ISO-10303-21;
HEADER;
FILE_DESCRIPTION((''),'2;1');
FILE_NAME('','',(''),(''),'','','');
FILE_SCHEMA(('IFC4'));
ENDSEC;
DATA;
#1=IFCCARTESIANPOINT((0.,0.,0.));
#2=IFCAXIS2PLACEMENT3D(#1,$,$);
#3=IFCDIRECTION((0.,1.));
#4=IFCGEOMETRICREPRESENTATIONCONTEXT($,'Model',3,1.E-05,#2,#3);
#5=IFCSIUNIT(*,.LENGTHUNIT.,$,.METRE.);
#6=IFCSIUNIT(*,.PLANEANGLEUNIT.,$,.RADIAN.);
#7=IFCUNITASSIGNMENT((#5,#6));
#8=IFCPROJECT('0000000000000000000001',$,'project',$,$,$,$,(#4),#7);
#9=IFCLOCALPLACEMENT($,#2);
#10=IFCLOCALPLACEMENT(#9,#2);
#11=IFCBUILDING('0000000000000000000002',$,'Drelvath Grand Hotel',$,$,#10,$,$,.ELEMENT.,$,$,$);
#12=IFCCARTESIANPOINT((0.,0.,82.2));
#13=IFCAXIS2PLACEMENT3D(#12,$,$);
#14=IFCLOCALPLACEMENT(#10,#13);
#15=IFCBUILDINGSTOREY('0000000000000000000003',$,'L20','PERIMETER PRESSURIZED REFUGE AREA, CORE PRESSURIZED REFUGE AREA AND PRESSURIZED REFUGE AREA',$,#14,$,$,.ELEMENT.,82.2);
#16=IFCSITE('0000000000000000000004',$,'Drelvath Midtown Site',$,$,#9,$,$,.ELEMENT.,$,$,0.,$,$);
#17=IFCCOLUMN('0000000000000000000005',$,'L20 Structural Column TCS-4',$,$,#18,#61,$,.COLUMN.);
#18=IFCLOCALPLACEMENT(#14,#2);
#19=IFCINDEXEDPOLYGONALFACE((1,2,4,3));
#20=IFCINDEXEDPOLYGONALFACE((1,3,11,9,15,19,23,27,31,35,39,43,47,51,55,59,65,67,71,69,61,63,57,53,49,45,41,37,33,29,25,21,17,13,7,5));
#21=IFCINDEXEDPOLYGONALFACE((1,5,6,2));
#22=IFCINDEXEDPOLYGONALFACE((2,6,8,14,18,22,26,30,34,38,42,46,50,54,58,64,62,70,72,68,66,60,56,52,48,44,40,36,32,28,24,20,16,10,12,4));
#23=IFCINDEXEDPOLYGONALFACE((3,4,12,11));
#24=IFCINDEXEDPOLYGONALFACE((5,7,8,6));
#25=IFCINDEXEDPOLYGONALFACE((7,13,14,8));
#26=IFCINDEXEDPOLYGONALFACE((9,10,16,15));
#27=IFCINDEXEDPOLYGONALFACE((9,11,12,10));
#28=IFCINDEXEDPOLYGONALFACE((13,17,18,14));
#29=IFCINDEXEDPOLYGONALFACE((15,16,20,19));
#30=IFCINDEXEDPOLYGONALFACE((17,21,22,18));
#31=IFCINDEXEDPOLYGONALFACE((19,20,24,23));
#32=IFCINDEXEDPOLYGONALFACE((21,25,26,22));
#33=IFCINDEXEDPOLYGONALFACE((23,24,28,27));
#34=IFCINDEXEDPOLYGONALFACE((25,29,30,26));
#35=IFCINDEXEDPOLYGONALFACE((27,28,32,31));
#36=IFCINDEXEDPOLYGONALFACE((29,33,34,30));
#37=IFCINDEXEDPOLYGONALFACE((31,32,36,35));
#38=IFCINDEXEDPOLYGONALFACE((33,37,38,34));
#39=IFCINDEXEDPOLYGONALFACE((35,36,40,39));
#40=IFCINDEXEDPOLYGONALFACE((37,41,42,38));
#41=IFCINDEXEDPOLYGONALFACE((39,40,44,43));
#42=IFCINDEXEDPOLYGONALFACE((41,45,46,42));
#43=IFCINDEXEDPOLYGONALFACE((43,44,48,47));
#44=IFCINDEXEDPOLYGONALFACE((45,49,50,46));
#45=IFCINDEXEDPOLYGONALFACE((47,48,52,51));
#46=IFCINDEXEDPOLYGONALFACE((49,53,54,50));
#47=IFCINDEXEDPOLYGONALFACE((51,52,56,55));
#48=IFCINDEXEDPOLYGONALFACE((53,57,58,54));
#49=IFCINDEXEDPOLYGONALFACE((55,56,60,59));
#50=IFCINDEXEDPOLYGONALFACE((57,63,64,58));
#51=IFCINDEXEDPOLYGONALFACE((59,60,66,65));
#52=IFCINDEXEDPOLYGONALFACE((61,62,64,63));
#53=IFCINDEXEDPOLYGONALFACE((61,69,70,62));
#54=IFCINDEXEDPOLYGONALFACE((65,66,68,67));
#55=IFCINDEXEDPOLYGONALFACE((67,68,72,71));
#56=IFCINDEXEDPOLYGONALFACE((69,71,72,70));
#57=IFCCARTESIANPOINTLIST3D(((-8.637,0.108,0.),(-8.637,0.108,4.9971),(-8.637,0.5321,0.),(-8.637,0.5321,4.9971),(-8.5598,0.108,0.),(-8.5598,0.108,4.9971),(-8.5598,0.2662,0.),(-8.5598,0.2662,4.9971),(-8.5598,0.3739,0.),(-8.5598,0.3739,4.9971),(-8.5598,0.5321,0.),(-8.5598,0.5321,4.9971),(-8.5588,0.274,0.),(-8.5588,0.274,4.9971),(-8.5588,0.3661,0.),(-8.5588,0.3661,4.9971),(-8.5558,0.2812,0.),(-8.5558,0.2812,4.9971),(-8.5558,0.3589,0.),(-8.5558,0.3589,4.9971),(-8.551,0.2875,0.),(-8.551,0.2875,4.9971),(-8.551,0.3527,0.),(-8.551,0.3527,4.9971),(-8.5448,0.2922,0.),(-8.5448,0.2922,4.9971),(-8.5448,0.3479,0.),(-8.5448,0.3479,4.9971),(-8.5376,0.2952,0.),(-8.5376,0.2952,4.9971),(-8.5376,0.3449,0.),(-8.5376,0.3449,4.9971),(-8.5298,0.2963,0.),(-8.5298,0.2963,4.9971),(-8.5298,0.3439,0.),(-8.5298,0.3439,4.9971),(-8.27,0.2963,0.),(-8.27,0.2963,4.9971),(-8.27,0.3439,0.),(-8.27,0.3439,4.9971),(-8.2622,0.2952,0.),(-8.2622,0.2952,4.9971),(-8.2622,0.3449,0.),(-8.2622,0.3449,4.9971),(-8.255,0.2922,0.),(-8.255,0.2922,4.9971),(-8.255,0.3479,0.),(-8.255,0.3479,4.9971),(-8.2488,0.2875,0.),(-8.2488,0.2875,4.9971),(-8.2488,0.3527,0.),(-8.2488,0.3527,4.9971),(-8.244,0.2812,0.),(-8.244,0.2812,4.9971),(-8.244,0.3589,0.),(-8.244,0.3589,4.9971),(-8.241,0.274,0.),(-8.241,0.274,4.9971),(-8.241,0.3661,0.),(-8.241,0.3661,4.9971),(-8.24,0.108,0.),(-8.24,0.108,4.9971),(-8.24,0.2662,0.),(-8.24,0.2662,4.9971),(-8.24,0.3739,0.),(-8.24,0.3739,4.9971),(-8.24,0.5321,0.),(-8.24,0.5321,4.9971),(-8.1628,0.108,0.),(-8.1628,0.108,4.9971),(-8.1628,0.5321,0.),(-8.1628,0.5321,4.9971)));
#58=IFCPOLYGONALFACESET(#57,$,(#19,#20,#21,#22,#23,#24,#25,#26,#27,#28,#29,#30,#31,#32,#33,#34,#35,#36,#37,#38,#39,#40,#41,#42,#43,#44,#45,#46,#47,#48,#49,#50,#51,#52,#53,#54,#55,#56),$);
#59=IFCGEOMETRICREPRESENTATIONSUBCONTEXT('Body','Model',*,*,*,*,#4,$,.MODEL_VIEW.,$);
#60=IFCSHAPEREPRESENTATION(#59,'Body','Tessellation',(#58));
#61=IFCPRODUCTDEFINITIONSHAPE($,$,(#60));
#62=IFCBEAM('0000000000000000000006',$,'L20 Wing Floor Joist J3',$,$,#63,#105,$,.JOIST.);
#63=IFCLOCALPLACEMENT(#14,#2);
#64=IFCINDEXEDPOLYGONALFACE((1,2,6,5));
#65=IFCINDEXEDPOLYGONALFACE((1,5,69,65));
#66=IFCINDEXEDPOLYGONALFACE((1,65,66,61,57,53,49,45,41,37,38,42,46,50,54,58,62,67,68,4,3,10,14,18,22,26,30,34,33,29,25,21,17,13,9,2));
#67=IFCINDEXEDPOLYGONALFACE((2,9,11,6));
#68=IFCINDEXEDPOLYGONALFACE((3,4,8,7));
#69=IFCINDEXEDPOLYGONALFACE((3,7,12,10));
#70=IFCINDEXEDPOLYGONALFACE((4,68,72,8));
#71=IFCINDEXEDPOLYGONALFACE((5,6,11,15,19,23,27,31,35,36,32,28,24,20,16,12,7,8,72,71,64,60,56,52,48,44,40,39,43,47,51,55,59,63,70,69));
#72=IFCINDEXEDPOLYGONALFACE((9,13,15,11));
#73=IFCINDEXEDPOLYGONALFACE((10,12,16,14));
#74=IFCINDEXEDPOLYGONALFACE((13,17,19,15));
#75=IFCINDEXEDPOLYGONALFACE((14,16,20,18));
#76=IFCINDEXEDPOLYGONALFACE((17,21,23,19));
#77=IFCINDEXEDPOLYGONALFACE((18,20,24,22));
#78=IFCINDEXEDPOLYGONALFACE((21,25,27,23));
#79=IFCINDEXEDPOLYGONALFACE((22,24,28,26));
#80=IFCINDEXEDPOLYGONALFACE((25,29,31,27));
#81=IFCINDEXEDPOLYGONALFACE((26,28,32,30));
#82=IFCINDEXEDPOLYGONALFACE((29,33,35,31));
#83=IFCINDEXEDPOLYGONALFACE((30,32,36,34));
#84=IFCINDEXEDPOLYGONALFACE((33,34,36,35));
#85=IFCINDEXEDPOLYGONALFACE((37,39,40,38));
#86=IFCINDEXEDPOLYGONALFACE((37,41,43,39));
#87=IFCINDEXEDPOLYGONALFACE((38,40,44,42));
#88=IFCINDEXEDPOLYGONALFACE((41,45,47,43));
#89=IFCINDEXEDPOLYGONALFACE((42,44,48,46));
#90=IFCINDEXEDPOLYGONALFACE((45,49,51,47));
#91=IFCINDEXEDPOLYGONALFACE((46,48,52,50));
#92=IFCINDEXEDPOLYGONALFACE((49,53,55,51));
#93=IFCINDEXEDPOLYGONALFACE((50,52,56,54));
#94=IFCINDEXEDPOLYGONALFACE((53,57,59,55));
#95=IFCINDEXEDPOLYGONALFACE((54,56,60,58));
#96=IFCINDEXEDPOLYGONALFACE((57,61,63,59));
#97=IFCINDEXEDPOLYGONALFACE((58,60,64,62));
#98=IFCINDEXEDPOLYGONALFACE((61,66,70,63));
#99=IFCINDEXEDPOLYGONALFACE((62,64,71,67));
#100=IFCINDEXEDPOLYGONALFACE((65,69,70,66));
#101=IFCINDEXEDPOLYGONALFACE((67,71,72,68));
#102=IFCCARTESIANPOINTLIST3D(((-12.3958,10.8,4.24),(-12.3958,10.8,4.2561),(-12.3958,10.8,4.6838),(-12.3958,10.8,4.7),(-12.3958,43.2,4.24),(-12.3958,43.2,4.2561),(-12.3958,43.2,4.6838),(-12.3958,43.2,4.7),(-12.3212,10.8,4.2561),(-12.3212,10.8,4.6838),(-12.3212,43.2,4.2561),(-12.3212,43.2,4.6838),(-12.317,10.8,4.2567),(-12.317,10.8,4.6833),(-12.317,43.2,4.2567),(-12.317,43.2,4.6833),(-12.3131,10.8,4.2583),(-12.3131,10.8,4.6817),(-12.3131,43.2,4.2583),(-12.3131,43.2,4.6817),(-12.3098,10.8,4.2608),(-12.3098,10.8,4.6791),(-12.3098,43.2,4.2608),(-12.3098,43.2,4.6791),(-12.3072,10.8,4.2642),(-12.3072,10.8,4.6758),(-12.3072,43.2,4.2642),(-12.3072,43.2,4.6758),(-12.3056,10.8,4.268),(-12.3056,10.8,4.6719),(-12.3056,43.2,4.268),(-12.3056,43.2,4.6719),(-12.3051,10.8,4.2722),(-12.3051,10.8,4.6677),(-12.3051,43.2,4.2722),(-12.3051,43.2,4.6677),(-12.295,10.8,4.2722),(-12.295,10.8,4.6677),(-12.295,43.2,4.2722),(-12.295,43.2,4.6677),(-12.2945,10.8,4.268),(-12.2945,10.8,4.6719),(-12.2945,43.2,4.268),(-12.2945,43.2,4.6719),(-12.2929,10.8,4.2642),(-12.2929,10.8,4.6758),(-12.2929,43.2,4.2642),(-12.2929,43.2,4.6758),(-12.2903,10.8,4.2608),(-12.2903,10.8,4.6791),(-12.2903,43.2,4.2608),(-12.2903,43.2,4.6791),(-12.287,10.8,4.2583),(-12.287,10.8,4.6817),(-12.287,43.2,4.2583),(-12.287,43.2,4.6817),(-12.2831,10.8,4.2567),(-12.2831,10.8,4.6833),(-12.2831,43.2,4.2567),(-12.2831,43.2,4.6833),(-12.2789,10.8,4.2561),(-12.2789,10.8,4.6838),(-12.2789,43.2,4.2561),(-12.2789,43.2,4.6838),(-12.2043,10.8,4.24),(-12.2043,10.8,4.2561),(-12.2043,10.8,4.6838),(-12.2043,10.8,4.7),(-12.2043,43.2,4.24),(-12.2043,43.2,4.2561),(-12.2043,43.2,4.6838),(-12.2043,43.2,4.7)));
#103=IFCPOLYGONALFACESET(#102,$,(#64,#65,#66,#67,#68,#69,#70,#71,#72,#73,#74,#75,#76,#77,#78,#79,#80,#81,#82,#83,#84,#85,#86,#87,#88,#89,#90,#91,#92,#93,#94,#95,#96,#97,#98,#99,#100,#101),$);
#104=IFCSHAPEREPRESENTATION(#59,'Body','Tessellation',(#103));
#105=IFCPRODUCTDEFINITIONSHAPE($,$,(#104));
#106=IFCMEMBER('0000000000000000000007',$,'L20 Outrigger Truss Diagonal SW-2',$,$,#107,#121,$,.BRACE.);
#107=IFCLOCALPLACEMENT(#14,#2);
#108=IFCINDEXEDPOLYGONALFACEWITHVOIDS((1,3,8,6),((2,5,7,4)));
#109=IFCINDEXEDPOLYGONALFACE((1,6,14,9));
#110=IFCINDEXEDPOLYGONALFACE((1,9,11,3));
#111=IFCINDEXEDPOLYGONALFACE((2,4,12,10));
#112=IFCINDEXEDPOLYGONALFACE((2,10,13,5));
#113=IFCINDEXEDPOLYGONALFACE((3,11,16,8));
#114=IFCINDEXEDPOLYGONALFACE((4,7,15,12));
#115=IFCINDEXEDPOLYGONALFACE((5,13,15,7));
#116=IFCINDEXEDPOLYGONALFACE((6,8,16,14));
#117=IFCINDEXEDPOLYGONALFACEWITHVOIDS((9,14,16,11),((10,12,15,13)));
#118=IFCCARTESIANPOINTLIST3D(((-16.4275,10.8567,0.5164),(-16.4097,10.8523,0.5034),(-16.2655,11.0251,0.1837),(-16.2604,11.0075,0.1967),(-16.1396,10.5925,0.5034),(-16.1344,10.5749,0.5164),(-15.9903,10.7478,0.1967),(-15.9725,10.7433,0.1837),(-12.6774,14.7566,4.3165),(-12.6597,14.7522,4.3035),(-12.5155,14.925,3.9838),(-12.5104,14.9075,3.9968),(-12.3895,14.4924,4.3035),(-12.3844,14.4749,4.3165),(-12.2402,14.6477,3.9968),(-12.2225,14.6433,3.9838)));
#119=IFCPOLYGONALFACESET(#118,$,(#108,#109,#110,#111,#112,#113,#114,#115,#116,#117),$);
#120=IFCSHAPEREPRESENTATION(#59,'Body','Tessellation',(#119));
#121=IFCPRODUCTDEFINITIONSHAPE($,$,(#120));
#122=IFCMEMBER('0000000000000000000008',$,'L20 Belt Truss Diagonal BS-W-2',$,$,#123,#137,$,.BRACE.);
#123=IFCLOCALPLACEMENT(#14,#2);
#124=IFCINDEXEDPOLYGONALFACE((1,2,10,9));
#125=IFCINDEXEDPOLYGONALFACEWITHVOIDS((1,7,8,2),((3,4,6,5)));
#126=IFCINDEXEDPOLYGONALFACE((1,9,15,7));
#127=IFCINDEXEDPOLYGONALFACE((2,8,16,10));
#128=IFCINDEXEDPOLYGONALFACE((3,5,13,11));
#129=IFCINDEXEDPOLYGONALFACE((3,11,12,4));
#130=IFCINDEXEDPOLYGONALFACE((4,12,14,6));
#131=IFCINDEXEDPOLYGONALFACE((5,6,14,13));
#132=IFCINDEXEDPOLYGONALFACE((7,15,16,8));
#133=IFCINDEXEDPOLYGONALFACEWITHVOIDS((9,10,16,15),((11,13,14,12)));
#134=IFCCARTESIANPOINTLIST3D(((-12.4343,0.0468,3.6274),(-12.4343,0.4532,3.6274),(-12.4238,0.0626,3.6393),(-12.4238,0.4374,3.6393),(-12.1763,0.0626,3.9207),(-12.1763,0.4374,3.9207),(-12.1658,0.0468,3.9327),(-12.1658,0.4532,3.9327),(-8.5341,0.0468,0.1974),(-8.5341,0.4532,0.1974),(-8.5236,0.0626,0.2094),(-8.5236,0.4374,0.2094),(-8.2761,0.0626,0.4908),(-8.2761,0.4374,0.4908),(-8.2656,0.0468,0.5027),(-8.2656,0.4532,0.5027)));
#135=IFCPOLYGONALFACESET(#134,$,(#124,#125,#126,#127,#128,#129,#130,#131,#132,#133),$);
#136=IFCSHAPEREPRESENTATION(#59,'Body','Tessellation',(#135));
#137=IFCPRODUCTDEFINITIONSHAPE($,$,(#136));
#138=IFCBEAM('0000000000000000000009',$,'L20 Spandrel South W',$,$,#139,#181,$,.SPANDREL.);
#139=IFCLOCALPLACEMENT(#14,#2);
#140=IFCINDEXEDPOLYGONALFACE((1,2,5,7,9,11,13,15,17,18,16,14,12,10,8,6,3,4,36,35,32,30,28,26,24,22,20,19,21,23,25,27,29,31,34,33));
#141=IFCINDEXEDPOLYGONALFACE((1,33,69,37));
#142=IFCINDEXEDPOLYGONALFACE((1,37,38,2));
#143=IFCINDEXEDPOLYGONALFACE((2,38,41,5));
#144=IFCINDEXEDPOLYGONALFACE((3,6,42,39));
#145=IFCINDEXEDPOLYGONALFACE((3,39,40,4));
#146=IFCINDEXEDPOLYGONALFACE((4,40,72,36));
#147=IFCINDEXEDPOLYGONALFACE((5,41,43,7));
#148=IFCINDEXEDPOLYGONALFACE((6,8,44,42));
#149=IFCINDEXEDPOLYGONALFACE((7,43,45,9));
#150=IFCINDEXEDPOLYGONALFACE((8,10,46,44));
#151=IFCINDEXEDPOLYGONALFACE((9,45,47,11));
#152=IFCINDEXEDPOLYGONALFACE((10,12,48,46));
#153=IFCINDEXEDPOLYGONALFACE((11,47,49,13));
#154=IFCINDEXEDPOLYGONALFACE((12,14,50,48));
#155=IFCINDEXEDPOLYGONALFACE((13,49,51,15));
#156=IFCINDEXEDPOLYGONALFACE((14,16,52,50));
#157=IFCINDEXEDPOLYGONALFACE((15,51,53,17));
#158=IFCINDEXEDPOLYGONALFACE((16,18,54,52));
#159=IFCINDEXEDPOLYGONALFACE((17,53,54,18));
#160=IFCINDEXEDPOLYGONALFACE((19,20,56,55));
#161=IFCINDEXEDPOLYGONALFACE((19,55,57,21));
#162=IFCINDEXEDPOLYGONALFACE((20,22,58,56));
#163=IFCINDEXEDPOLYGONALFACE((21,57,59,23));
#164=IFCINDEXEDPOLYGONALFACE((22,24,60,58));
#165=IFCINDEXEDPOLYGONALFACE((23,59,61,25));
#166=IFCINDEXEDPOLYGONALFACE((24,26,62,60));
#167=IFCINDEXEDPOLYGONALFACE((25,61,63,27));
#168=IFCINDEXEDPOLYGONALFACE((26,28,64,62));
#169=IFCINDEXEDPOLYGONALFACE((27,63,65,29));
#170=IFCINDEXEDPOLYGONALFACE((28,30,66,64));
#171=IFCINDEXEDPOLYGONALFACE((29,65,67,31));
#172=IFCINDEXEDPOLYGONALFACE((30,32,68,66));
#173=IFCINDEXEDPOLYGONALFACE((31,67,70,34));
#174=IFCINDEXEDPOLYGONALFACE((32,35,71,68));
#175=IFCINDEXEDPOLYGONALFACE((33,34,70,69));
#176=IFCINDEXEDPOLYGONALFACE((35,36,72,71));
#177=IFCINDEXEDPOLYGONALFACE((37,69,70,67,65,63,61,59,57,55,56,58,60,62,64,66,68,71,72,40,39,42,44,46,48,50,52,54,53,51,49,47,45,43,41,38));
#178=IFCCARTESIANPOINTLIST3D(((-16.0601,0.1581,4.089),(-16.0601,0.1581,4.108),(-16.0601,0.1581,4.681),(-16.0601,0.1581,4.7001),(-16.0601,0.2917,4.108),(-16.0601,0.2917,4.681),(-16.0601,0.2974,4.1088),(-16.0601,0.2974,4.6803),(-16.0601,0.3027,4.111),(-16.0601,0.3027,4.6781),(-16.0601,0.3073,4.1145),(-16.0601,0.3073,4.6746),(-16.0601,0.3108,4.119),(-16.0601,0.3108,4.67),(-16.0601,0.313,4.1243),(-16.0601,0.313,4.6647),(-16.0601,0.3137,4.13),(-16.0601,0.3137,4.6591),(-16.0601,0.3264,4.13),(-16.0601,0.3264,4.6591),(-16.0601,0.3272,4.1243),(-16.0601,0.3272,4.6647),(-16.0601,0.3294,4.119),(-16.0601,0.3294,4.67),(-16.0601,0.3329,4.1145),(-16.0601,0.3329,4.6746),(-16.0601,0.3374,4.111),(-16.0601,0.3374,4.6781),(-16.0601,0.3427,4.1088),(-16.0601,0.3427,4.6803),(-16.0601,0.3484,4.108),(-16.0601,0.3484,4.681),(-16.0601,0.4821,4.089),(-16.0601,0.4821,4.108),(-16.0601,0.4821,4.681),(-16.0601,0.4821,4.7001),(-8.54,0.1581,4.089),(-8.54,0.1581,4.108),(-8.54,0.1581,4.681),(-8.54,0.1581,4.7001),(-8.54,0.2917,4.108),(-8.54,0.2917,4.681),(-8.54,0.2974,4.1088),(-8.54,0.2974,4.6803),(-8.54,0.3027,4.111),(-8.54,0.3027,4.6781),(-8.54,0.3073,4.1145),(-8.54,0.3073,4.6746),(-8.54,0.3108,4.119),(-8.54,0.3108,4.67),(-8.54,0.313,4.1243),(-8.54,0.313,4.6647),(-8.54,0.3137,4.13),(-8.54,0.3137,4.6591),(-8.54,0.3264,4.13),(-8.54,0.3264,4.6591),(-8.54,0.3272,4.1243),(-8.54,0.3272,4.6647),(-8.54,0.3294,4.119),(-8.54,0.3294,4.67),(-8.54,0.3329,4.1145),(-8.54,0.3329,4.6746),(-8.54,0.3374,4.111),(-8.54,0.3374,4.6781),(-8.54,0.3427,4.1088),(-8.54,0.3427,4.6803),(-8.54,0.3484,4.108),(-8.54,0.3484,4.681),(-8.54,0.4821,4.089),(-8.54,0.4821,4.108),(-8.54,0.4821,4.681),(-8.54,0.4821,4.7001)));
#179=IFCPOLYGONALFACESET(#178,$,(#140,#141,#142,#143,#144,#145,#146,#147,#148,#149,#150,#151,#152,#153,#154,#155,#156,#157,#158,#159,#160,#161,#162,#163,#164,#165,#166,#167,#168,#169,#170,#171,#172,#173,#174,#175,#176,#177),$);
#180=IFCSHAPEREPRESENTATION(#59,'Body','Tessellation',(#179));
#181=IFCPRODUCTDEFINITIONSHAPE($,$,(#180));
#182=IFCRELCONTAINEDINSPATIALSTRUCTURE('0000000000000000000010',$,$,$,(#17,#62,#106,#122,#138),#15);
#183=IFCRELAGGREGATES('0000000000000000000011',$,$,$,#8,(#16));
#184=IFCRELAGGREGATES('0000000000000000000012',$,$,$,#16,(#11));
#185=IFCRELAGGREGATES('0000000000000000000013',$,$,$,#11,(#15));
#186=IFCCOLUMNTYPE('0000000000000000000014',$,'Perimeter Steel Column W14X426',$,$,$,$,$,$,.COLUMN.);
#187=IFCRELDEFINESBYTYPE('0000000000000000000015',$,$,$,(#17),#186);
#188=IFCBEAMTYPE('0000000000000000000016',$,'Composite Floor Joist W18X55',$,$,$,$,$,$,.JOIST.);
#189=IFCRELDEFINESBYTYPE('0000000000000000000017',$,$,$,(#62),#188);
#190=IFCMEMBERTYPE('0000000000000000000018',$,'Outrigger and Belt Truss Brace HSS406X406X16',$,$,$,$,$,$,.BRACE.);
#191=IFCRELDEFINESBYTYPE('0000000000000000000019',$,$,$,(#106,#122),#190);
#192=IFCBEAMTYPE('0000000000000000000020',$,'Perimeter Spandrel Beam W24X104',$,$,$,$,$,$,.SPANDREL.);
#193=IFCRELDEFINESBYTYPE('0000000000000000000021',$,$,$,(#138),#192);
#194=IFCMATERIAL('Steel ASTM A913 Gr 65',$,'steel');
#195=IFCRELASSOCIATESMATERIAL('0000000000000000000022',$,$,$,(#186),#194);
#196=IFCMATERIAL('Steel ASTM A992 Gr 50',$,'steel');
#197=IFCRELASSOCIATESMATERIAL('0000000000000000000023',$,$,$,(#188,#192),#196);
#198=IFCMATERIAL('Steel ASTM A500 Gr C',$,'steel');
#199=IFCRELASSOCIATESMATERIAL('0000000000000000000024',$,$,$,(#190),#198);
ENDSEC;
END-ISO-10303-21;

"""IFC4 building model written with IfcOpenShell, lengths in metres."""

from ifc_helpers import new_model, si_unit, direction, frame, origin, origin_2d, place, context, subcontext, project, spatial, hollow_rectangle, i_section, extrude, material, material_profile, profile_set, type_object, element, save


model = new_model("IFC4")

# Units and contexts
model_context = context("Model", 3, precision=1e-05, world=origin(), true_north=direction((0.0, 1.0)))
body_context = subcontext(model_context, "Body", "Model", "MODEL_VIEW")
ifc_project = project(units=[si_unit("LENGTHUNIT", "METRE"), si_unit("PLANEANGLEUNIT", "RADIAN")], contexts=[model_context])

# Site, building, storey
site_placement = place(None, origin())
site = spatial("IfcSite", under=ifc_project, at=site_placement, Name="Drelvath Midtown Site", CompositionType="ELEMENT", RefElevation=0.0)
building_placement = place(site_placement, origin())
building = spatial("IfcBuilding", under=site, at=building_placement, Name="Drelvath Grand Hotel", CompositionType="ELEMENT")
storey_placement = place(building_placement, frame((0.0, 0.0, 82.2)))
storey = spatial("IfcBuildingStorey", under=building, at=storey_placement, Name="L20", Description="PERIMETER PRESSURIZED REFUGE AREA, CORE PRESSURIZED REFUGE AREA AND PRESSURIZED REFUGE AREA", CompositionType="ELEMENT", Elevation=82.2)

# Column
ifc_material_1 = material(Name="Steel ASTM A913 Gr 65", Category="steel")
ifc_material_profile_1 = material_profile(ifc_material_1, i_section(OverallWidth=0.4241, OverallDepth=0.4741, WebThickness=0.0476, FlangeThickness=0.0771, FilletRadius=0.03, at=origin_2d()), Name="W14X426")
ifc_profile_set_1 = profile_set([ifc_material_profile_1], Name="Steel ASTM A913 Gr 65")
column_type = type_object("IfcColumnType", Name="Perimeter Steel Column W14X426", PredefinedType="COLUMN", material=ifc_profile_set_1)
column_placement = place(storey_placement, frame((-8.3999, 0.3201, 0.0), z_axis=(0.0, 0.0, 1.0), x_axis=(0.0, 1.0, 0.0)))
element("IfcColumn", 1, at=column_placement, inside=storey, type_object=column_type, Name="L20 Structural Column TCS-4", PredefinedType="COLUMN", context=body_context, shape_type="SweptSolid", body=[
    extrude(i_section(OverallWidth=0.4241, OverallDepth=0.4741, WebThickness=0.0476, FlangeThickness=0.0771, FilletRadius=0.03, at=origin_2d()), origin(), (0.0, 0.0, 1.0), 4.9971),
])

# Beam
ifc_material_2 = material(Name="Steel ASTM A992 Gr 50", Category="steel")
ifc_material_profile_2 = material_profile(ifc_material_2, i_section(OverallWidth=0.1914, OverallDepth=0.46, WebThickness=0.01, FlangeThickness=0.0161, FilletRadius=0.0161, at=origin_2d()), Name="W18X55")
ifc_profile_set_2 = profile_set([ifc_material_profile_2], Name="Steel ASTM A992 Gr 50")
beam_type_1 = type_object("IfcBeamType", Name="Composite Floor Joist W18X55", PredefinedType="JOIST", material=ifc_profile_set_2)
beam_1_placement = place(storey_placement, frame((-12.3, 10.8, 4.47), z_axis=(0.0, 1.0, 0.0), x_axis=(-1.0, 0.0, 0.0)))
element("IfcBeam", 2, at=beam_1_placement, inside=storey, type_object=beam_type_1, Name="L20 Wing Floor Joist J3", PredefinedType="JOIST", context=body_context, shape_type="SweptSolid", body=[
    extrude(i_section(OverallWidth=0.1914, OverallDepth=0.46, WebThickness=0.01, FlangeThickness=0.0161, FilletRadius=0.0161, at=origin_2d()), origin(), (0.0, 0.0, 1.0), 32.3999),
])

# Members
ifc_material_3 = material(Name="Steel ASTM A500 Gr C", Category="steel")
ifc_material_profile_3 = material_profile(ifc_material_3, hollow_rectangle(XDim=0.4065, YDim=0.4065, WallThickness=0.0159, at=origin_2d()), Name="HSS406X406X16")
ifc_profile_set_3 = profile_set([ifc_material_profile_3], Name="Steel ASTM A500 Gr C")
member_type = type_object("IfcMemberType", Name="Outrigger and Belt Truss Brace HSS406X406X16", PredefinedType="BRACE", material=ifc_profile_set_3)
member_1_placement = place(storey_placement, frame((-12.45, 14.7, 4.1501), z_axis=(-0.567192, -0.589865, -0.574762), x_axis=(0.720824, -0.693118, 0.0)))
element("IfcMember", 3, at=member_1_placement, inside=storey, type_object=member_type, Name="L20 Outrigger Truss Diagonal SW-2", PredefinedType="BRACE", context=body_context, shape_type="SweptSolid", body=[
    extrude(hollow_rectangle(XDim=0.4065, YDim=0.4065, WallThickness=0.0159, at=origin_2d()), origin(), (0.0, 0.0, 1.0), 6.6116),
])
member_2_placement = place(storey_placement, frame((-12.3, 0.25, 3.78), z_axis=(0.750923, 0.0, -0.660389), x_axis=(0.0, 1.0, 0.0)))
element("IfcMember", 4, at=member_2_placement, inside=storey, type_object=member_type, Name="L20 Belt Truss Diagonal BS-W-2", PredefinedType="BRACE", context=body_context, shape_type="SweptSolid", body=[
    extrude(hollow_rectangle(XDim=0.4065, YDim=0.4065, WallThickness=0.0159, at=origin_2d()), origin(), (0.0, 0.0, 1.0), 5.1938),
])

# Beam
ifc_material_profile_4 = material_profile(ifc_material_2, i_section(OverallWidth=0.324, OverallDepth=0.6111, WebThickness=0.0127, FlangeThickness=0.019, FilletRadius=0.022, at=origin_2d()), Name="W24X104")
ifc_profile_set_4 = profile_set([ifc_material_profile_4], Name="Steel ASTM A992 Gr 50")
beam_type_2 = type_object("IfcBeamType", Name="Perimeter Spandrel Beam W24X104", PredefinedType="SPANDREL", material=ifc_profile_set_4)
beam_2_placement = place(storey_placement, frame((-16.0601, 0.3201, 4.3945), z_axis=(1.0, 0.0, 0.0), x_axis=(0.0, 1.0, 0.0)))
element("IfcBeam", 5, at=beam_2_placement, inside=storey, type_object=beam_type_2, Name="L20 Spandrel South W", PredefinedType="SPANDREL", context=body_context, shape_type="SweptSolid", body=[
    extrude(i_section(OverallWidth=0.324, OverallDepth=0.6111, WebThickness=0.0127, FlangeThickness=0.019, FilletRadius=0.022, at=origin_2d()), origin(), (0.0, 0.0, 1.0), 7.52),
])

save(model, "model.ifc")
